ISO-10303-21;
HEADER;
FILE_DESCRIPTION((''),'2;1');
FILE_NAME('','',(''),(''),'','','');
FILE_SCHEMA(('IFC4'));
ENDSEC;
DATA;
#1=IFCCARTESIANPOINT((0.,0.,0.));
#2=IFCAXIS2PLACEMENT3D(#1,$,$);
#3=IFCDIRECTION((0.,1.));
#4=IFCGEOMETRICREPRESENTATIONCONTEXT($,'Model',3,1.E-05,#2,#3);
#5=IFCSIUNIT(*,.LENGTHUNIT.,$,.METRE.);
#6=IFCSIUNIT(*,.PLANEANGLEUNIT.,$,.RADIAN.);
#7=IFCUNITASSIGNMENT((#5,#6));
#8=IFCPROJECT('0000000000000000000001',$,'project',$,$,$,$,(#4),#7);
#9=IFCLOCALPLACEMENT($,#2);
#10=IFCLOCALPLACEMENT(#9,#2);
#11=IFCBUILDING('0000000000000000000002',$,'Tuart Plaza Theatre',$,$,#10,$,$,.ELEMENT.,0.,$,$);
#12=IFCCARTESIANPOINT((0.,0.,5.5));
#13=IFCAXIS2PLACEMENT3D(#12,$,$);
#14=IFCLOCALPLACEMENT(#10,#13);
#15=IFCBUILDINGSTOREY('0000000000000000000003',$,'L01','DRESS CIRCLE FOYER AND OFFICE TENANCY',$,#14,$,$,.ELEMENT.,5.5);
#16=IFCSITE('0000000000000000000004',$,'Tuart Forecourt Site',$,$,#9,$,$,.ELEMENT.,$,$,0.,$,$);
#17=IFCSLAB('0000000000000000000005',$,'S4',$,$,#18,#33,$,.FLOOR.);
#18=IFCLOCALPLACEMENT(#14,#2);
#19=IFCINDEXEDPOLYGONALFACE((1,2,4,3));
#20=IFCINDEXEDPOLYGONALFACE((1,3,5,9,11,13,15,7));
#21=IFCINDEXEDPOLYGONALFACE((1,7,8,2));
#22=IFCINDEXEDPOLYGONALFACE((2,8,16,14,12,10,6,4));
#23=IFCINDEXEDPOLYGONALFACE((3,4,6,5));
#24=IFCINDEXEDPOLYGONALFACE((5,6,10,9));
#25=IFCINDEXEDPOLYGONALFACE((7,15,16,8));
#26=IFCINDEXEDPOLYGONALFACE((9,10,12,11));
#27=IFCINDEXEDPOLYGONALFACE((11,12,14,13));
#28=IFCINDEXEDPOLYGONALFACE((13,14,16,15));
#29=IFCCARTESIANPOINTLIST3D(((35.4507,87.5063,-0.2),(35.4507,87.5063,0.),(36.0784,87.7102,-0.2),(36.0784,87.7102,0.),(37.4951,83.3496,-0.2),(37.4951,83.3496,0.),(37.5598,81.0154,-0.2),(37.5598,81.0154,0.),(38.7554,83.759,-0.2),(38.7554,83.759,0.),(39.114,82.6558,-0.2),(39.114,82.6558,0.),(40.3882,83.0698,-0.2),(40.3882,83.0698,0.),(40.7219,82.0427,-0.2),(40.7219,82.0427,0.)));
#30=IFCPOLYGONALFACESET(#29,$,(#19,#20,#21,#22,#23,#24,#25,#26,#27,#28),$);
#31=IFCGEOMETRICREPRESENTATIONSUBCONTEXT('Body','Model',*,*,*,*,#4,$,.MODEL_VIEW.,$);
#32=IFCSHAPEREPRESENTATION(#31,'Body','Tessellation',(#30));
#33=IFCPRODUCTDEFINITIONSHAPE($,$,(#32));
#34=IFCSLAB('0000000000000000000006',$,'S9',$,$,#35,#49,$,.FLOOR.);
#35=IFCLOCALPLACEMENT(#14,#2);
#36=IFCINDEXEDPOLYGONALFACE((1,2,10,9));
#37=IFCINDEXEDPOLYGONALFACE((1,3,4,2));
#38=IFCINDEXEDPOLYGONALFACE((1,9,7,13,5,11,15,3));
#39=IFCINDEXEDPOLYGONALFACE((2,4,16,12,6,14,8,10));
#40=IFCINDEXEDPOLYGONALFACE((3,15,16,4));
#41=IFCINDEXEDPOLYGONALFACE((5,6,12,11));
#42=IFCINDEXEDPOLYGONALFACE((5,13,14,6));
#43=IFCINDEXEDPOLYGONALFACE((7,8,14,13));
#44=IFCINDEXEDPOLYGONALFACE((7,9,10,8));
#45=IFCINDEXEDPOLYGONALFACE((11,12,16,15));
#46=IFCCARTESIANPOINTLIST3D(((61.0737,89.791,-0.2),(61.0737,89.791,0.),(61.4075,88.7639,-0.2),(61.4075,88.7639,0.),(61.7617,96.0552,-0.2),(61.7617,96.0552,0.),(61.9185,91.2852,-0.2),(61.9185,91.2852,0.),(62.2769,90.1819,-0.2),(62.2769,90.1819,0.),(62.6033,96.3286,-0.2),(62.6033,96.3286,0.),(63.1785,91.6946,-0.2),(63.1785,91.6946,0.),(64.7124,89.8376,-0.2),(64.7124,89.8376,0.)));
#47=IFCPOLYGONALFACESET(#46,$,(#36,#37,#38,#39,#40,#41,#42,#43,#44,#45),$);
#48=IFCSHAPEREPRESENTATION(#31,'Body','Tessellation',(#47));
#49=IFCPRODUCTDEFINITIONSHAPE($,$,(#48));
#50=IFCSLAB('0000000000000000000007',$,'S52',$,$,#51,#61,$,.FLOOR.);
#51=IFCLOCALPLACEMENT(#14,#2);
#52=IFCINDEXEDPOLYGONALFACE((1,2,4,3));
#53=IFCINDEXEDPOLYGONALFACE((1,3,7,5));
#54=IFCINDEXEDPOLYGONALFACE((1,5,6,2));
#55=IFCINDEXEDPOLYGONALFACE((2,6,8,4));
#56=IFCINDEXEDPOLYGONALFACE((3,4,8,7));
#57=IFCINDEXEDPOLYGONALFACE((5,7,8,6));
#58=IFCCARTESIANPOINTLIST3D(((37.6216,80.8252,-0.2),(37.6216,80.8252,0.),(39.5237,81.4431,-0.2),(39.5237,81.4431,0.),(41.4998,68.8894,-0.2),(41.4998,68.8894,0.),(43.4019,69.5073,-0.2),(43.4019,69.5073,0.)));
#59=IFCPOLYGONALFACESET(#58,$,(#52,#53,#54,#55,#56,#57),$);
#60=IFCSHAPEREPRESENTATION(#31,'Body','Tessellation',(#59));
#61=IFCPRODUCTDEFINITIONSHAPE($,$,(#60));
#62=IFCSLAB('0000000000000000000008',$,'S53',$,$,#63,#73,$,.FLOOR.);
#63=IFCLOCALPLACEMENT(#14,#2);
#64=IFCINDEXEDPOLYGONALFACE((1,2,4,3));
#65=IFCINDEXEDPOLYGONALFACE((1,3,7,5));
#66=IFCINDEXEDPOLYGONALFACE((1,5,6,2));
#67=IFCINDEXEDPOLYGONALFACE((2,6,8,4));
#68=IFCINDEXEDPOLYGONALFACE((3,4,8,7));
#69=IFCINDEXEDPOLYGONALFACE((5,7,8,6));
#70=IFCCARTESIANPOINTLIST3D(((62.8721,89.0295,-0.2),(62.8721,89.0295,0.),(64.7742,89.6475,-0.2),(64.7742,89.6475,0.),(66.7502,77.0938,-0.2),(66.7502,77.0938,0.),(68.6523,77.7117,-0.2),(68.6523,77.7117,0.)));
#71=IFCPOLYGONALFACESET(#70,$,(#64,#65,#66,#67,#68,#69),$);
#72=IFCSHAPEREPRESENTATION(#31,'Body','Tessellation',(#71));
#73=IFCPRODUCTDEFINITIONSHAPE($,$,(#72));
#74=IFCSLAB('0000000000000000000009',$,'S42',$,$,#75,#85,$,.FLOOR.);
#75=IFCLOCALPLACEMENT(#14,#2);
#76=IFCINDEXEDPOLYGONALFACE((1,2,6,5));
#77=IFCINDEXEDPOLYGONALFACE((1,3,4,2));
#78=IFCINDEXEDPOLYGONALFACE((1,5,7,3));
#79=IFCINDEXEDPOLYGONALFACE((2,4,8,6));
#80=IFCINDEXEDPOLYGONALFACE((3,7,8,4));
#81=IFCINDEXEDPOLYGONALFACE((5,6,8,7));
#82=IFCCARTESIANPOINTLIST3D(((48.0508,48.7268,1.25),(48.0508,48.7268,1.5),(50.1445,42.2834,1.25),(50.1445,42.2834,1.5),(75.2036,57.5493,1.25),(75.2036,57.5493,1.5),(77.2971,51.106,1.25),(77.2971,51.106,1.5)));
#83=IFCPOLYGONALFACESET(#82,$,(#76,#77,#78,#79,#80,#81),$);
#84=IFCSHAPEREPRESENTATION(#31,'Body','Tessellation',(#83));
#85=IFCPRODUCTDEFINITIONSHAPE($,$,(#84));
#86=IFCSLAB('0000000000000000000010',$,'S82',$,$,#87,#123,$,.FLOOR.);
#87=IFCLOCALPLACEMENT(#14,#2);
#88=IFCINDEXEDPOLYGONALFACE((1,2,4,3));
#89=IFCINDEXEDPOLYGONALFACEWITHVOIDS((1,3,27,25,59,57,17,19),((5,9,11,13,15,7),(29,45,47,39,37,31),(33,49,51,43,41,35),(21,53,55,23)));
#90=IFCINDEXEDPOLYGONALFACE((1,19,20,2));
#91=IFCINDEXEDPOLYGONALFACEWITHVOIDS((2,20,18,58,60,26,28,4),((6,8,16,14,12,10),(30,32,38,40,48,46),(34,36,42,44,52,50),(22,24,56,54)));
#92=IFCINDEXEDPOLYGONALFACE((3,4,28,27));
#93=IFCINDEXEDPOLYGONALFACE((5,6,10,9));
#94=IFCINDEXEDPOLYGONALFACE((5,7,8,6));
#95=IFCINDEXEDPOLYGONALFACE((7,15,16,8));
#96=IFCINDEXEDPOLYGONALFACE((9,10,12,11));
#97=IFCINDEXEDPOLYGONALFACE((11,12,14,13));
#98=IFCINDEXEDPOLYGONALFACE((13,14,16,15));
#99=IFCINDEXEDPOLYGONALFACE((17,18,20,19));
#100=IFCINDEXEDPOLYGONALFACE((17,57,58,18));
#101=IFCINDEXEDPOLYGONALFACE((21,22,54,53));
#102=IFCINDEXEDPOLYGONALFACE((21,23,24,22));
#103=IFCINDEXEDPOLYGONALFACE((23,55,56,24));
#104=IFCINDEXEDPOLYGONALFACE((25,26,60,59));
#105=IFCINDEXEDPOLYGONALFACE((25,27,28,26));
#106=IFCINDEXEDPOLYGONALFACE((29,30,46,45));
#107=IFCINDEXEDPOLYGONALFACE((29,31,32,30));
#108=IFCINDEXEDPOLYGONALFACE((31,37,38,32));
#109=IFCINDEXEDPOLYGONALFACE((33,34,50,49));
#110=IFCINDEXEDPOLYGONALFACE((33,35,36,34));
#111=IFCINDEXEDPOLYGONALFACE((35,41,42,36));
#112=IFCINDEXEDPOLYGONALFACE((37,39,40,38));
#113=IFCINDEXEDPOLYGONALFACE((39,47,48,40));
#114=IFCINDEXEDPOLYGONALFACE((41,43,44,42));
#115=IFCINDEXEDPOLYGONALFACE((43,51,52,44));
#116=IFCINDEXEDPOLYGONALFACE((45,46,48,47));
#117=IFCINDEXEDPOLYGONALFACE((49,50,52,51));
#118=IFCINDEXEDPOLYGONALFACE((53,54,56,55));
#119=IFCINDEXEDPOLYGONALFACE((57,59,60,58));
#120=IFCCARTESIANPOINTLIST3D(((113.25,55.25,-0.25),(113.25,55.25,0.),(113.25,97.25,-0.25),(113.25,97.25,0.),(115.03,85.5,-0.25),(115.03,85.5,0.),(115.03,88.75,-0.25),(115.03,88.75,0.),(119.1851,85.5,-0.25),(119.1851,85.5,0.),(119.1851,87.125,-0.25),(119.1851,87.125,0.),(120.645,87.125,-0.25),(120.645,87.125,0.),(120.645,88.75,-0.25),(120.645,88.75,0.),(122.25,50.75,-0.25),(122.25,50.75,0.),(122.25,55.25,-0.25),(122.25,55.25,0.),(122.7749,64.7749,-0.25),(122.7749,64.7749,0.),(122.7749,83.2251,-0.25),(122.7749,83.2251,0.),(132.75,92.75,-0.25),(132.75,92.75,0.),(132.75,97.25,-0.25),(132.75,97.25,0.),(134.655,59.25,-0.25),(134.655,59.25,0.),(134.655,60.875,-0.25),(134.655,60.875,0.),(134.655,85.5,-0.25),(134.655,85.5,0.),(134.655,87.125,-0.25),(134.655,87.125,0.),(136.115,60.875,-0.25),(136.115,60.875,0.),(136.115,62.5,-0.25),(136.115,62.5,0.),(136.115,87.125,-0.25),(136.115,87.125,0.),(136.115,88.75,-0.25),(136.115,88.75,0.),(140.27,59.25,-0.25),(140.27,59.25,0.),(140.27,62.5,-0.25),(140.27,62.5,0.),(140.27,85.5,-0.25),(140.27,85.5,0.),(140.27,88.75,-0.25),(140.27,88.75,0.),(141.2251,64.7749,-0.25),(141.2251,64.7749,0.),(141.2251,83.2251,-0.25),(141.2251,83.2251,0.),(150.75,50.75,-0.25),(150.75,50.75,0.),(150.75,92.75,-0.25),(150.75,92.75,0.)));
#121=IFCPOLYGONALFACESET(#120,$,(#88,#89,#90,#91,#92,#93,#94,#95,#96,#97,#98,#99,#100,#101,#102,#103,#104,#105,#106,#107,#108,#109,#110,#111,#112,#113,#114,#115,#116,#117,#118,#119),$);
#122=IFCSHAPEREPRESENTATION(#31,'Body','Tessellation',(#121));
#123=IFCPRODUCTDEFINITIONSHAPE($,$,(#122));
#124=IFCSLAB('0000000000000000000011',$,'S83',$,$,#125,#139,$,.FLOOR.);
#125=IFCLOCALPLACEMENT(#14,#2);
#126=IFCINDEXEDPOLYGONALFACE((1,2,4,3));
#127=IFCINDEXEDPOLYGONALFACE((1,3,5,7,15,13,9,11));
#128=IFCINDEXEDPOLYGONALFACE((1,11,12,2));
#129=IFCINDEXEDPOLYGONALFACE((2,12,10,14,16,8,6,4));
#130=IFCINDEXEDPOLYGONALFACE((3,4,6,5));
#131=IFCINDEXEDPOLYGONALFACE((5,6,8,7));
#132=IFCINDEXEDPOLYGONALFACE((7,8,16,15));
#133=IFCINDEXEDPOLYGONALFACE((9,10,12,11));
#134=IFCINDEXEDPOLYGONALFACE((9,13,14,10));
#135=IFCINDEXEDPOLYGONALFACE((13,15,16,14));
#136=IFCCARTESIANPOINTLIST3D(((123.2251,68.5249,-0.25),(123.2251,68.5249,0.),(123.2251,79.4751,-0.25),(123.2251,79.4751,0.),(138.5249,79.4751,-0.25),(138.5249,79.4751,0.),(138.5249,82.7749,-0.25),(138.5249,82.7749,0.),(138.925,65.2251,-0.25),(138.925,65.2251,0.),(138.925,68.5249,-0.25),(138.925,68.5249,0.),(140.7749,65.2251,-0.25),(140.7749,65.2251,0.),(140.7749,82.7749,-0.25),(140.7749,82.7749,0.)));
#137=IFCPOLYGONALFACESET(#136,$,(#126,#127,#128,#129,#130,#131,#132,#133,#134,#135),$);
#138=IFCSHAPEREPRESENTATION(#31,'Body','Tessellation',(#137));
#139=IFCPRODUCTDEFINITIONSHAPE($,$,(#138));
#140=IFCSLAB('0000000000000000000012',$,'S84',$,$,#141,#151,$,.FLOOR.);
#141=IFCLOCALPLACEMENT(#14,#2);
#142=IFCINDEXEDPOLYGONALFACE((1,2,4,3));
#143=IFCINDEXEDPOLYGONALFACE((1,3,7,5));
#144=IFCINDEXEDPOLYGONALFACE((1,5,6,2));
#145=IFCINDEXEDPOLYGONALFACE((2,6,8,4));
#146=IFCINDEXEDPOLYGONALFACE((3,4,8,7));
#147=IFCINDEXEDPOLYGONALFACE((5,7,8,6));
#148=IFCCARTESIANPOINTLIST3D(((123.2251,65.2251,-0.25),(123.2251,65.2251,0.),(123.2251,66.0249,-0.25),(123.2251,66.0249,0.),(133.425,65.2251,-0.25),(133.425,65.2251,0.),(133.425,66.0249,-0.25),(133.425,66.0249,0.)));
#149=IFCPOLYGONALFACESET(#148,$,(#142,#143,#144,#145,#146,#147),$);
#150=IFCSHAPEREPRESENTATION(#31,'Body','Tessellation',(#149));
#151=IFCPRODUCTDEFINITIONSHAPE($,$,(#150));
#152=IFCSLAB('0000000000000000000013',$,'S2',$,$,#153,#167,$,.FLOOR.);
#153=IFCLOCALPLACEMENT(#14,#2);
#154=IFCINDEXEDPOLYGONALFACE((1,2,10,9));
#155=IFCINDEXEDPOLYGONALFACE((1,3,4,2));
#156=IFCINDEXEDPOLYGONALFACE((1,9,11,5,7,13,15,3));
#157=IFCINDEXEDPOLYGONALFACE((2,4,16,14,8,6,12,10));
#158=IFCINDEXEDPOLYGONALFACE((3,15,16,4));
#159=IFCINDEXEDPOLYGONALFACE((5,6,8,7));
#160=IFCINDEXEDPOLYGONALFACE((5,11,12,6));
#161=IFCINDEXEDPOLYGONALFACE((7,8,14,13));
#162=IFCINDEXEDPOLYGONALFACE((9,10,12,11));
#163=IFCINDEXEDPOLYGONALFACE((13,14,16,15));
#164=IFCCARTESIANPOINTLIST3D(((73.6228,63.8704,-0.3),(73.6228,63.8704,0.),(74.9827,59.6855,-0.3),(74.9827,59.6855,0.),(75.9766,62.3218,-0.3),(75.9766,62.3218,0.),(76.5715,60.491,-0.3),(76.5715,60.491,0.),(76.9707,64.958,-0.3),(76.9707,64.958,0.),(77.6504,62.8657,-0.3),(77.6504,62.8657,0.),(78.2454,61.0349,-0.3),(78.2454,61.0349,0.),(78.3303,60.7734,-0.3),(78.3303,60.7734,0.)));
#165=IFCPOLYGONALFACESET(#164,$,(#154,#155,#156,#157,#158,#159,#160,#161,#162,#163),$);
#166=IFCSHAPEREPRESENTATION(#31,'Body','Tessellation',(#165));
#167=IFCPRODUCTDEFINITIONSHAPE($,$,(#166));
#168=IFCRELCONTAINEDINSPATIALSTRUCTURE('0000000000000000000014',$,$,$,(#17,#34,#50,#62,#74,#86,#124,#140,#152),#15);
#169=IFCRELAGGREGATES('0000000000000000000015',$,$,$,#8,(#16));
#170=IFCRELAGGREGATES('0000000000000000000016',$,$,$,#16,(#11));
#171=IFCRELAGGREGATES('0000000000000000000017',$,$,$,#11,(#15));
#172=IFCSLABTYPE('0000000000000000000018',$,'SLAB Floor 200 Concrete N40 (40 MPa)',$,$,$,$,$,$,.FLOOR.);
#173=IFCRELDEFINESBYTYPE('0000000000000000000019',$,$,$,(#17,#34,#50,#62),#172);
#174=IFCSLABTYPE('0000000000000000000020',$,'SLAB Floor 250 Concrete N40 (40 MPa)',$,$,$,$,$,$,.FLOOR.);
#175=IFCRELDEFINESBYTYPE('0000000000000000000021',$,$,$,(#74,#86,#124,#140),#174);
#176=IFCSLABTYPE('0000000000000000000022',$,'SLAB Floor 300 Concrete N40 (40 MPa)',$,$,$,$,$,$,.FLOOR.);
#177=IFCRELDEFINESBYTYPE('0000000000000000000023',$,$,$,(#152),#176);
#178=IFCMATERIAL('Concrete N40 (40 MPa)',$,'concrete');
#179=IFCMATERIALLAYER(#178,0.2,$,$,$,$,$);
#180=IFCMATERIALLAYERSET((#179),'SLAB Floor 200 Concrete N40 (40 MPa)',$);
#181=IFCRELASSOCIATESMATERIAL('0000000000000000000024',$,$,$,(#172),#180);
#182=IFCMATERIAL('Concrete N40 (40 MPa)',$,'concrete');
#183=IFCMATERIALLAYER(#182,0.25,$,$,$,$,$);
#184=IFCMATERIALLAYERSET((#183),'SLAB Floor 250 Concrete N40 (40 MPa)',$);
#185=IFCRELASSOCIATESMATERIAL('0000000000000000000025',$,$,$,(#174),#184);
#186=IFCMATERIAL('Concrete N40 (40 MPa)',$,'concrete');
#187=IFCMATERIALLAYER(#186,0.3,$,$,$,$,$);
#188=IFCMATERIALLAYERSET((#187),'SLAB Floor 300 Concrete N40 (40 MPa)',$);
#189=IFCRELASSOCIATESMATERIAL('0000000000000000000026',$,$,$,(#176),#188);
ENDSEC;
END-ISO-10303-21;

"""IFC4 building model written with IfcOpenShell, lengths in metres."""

from ifc_helpers import new_model, si_unit, direction, frame, origin, place, context, subcontext, project, spatial, polyline, outline, extrude, material, layer, layer_set, type_object, element, save


model = new_model("IFC4")

# Units and contexts
model_context = context("Model", 3, precision=1e-05, world=origin(), true_north=direction((0.0, 1.0)))
body_context = subcontext(model_context, "Body", "Model", "MODEL_VIEW")
ifc_project = project(units=[si_unit("LENGTHUNIT", "METRE"), si_unit("PLANEANGLEUNIT", "RADIAN")], contexts=[model_context])

# Site, building, storey
site_placement = place(None, origin())
site = spatial("IfcSite", under=ifc_project, at=site_placement, Name="Tuart Forecourt Site", CompositionType="ELEMENT", RefElevation=0.0)
building_placement = place(site_placement, origin())
building = spatial("IfcBuilding", under=site, at=building_placement, Name="Tuart Plaza Theatre", CompositionType="ELEMENT", ElevationOfRefHeight=0.0)
storey_placement = place(building_placement, frame((0.0, 0.0, 5.5)))
storey = spatial("IfcBuildingStorey", under=building, at=storey_placement, Name="L01", Description="DRESS CIRCLE FOYER AND OFFICE TENANCY", CompositionType="ELEMENT", Elevation=5.5)

# Slabs
ifc_material_1 = material(Name="Concrete N40 (40 MPa)", Category="concrete")
ifc_layer_1 = layer(ifc_material_1, 0.2)
ifc_layer_set_1 = layer_set([ifc_layer_1], Name="SLAB Floor 200 Concrete N40 (40 MPa)")
slab_type_1 = type_object("IfcSlabType", Name="SLAB Floor 200 Concrete N40 (40 MPa)", PredefinedType="FLOOR", material=ifc_layer_set_1)
slab_1_placement = place(storey_placement, frame((0.0, 0.0, -0.2)))
element("IfcSlab", 1, at=slab_1_placement, inside=storey, type_object=slab_type_1, Name="S4", PredefinedType="FLOOR", context=body_context, shape_type="SweptSolid", body=[
    extrude(outline(polyline([(35.4507, 87.5063), (37.5598, 81.0154), (40.7219, 82.0427), (40.3882, 83.0698), (39.114, 82.6558), (38.7554, 83.759), (37.4951, 83.3496), (36.0784, 87.7102), (35.4507, 87.5063)])), origin(), (0.0, 0.0, 1.0), 0.2),
])
slab_2_placement = place(storey_placement, frame((0.0, 0.0, -0.2)))
element("IfcSlab", 2, at=slab_2_placement, inside=storey, type_object=slab_type_1, Name="S9", PredefinedType="FLOOR", context=body_context, shape_type="SweptSolid", body=[
    extrude(outline(polyline([(61.4075, 88.7639), (64.7124, 89.8376), (62.6033, 96.3286), (61.7617, 96.0552), (63.1785, 91.6946), (61.9185, 91.2852), (62.2769, 90.1819), (61.0737, 89.791), (61.4075, 88.7639)])), origin(), (0.0, 0.0, 1.0), 0.2),
])
slab_3_placement = place(storey_placement, frame((0.0, 0.0, -0.2)))
element("IfcSlab", 3, at=slab_3_placement, inside=storey, type_object=slab_type_1, Name="S52", PredefinedType="FLOOR", context=body_context, shape_type="SweptSolid", body=[
    extrude(outline(polyline([(43.4019, 69.5073), (39.5237, 81.4431), (37.6216, 80.8252), (41.4998, 68.8894), (43.4019, 69.5073)])), origin(), (0.0, 0.0, 1.0), 0.2),
])
slab_4_placement = place(storey_placement, frame((0.0, 0.0, -0.2)))
element("IfcSlab", 4, at=slab_4_placement, inside=storey, type_object=slab_type_1, Name="S53", PredefinedType="FLOOR", context=body_context, shape_type="SweptSolid", body=[
    extrude(outline(polyline([(68.6523, 77.7117), (64.7742, 89.6475), (62.8721, 89.0295), (66.7502, 77.0938), (68.6523, 77.7117)])), origin(), (0.0, 0.0, 1.0), 0.2),
])
ifc_material_2 = material(Name="Concrete N40 (40 MPa)", Category="concrete")
ifc_layer_2 = layer(ifc_material_2, 0.25)
ifc_layer_set_2 = layer_set([ifc_layer_2], Name="SLAB Floor 250 Concrete N40 (40 MPa)")
slab_type_2 = type_object("IfcSlabType", Name="SLAB Floor 250 Concrete N40 (40 MPa)", PredefinedType="FLOOR", material=ifc_layer_set_2)
slab_5_placement = place(storey_placement, frame((0.0, 0.0, 1.25)))
element("IfcSlab", 5, at=slab_5_placement, inside=storey, type_object=slab_type_2, Name="S42", PredefinedType="FLOOR", context=body_context, shape_type="SweptSolid", body=[
    extrude(outline(polyline([(77.2971, 51.106), (75.2036, 57.5493), (48.0508, 48.7268), (50.1445, 42.2834), (77.2971, 51.106)])), origin(), (0.0, 0.0, 1.0), 0.25),
])
slab_6_placement = place(storey_placement, frame((0.0, 0.0, -0.25)))
element("IfcSlab", 6, at=slab_6_placement, inside=storey, type_object=slab_type_2, Name="S82", PredefinedType="FLOOR", context=body_context, shape_type="SweptSolid", body=[
    extrude(outline(polyline([(150.75, 92.75), (132.75, 92.75), (132.75, 97.25), (113.25, 97.25), (113.25, 55.25), (122.25, 55.25), (122.25, 50.75), (150.75, 50.75), (150.75, 92.75)]), holes=[polyline([(141.2251, 64.7749), (141.2251, 83.2251), (122.7749, 83.2251), (122.7749, 64.7749), (141.2251, 64.7749)]), polyline([(136.115, 62.5), (136.115, 60.875), (134.655, 60.875), (134.655, 59.25), (140.27, 59.25), (140.27, 62.5), (136.115, 62.5)]), polyline([(140.27, 88.75), (136.115, 88.75), (136.115, 87.125), (134.655, 87.125), (134.655, 85.5), (140.27, 85.5), (140.27, 88.75)]), polyline([(115.03, 88.75), (115.03, 85.5), (119.1851, 85.5), (119.1851, 87.125), (120.645, 87.125), (120.645, 88.75), (115.03, 88.75)])]), origin(), (0.0, 0.0, 1.0), 0.25),
])
slab_7_placement = place(storey_placement, frame((0.0, 0.0, -0.25)))
element("IfcSlab", 7, at=slab_7_placement, inside=storey, type_object=slab_type_2, Name="S83", PredefinedType="FLOOR", context=body_context, shape_type="SweptSolid", body=[
    extrude(outline(polyline([(138.925, 68.5249), (138.925, 65.2251), (140.7749, 65.2251), (140.7749, 82.7749), (138.5249, 82.7749), (138.5249, 79.4751), (123.2251, 79.4751), (123.2251, 68.5249), (138.925, 68.5249)])), origin(), (0.0, 0.0, 1.0), 0.25),
])
slab_8_placement = place(storey_placement, frame((0.0, 0.0, -0.25)))
element("IfcSlab", 8, at=slab_8_placement, inside=storey, type_object=slab_type_2, Name="S84", PredefinedType="FLOOR", context=body_context, shape_type="SweptSolid", body=[
    extrude(outline(polyline([(123.2251, 66.0249), (123.2251, 65.2251), (133.425, 65.2251), (133.425, 66.0249), (123.2251, 66.0249)])), origin(), (0.0, 0.0, 1.0), 0.25),
])
ifc_material_3 = material(Name="Concrete N40 (40 MPa)", Category="concrete")
ifc_layer_3 = layer(ifc_material_3, 0.3)
ifc_layer_set_3 = layer_set([ifc_layer_3], Name="SLAB Floor 300 Concrete N40 (40 MPa)")
slab_type_3 = type_object("IfcSlabType", Name="SLAB Floor 300 Concrete N40 (40 MPa)", PredefinedType="FLOOR", material=ifc_layer_set_3)
slab_9_placement = place(storey_placement, frame((0.0, 0.0, -0.3)))
element("IfcSlab", 9, at=slab_9_placement, inside=storey, type_object=slab_type_3, Name="S2", PredefinedType="FLOOR", context=body_context, shape_type="SweptSolid", body=[
    extrude(outline(polyline([(74.9827, 59.6855), (78.3303, 60.7734), (78.2454, 61.0349), (76.5715, 60.491), (75.9766, 62.3218), (77.6504, 62.8657), (76.9707, 64.958), (73.6228, 63.8704), (74.9827, 59.6855)])), origin(), (0.0, 0.0, 1.0), 0.3),
])

save(model, "model.ifc")
